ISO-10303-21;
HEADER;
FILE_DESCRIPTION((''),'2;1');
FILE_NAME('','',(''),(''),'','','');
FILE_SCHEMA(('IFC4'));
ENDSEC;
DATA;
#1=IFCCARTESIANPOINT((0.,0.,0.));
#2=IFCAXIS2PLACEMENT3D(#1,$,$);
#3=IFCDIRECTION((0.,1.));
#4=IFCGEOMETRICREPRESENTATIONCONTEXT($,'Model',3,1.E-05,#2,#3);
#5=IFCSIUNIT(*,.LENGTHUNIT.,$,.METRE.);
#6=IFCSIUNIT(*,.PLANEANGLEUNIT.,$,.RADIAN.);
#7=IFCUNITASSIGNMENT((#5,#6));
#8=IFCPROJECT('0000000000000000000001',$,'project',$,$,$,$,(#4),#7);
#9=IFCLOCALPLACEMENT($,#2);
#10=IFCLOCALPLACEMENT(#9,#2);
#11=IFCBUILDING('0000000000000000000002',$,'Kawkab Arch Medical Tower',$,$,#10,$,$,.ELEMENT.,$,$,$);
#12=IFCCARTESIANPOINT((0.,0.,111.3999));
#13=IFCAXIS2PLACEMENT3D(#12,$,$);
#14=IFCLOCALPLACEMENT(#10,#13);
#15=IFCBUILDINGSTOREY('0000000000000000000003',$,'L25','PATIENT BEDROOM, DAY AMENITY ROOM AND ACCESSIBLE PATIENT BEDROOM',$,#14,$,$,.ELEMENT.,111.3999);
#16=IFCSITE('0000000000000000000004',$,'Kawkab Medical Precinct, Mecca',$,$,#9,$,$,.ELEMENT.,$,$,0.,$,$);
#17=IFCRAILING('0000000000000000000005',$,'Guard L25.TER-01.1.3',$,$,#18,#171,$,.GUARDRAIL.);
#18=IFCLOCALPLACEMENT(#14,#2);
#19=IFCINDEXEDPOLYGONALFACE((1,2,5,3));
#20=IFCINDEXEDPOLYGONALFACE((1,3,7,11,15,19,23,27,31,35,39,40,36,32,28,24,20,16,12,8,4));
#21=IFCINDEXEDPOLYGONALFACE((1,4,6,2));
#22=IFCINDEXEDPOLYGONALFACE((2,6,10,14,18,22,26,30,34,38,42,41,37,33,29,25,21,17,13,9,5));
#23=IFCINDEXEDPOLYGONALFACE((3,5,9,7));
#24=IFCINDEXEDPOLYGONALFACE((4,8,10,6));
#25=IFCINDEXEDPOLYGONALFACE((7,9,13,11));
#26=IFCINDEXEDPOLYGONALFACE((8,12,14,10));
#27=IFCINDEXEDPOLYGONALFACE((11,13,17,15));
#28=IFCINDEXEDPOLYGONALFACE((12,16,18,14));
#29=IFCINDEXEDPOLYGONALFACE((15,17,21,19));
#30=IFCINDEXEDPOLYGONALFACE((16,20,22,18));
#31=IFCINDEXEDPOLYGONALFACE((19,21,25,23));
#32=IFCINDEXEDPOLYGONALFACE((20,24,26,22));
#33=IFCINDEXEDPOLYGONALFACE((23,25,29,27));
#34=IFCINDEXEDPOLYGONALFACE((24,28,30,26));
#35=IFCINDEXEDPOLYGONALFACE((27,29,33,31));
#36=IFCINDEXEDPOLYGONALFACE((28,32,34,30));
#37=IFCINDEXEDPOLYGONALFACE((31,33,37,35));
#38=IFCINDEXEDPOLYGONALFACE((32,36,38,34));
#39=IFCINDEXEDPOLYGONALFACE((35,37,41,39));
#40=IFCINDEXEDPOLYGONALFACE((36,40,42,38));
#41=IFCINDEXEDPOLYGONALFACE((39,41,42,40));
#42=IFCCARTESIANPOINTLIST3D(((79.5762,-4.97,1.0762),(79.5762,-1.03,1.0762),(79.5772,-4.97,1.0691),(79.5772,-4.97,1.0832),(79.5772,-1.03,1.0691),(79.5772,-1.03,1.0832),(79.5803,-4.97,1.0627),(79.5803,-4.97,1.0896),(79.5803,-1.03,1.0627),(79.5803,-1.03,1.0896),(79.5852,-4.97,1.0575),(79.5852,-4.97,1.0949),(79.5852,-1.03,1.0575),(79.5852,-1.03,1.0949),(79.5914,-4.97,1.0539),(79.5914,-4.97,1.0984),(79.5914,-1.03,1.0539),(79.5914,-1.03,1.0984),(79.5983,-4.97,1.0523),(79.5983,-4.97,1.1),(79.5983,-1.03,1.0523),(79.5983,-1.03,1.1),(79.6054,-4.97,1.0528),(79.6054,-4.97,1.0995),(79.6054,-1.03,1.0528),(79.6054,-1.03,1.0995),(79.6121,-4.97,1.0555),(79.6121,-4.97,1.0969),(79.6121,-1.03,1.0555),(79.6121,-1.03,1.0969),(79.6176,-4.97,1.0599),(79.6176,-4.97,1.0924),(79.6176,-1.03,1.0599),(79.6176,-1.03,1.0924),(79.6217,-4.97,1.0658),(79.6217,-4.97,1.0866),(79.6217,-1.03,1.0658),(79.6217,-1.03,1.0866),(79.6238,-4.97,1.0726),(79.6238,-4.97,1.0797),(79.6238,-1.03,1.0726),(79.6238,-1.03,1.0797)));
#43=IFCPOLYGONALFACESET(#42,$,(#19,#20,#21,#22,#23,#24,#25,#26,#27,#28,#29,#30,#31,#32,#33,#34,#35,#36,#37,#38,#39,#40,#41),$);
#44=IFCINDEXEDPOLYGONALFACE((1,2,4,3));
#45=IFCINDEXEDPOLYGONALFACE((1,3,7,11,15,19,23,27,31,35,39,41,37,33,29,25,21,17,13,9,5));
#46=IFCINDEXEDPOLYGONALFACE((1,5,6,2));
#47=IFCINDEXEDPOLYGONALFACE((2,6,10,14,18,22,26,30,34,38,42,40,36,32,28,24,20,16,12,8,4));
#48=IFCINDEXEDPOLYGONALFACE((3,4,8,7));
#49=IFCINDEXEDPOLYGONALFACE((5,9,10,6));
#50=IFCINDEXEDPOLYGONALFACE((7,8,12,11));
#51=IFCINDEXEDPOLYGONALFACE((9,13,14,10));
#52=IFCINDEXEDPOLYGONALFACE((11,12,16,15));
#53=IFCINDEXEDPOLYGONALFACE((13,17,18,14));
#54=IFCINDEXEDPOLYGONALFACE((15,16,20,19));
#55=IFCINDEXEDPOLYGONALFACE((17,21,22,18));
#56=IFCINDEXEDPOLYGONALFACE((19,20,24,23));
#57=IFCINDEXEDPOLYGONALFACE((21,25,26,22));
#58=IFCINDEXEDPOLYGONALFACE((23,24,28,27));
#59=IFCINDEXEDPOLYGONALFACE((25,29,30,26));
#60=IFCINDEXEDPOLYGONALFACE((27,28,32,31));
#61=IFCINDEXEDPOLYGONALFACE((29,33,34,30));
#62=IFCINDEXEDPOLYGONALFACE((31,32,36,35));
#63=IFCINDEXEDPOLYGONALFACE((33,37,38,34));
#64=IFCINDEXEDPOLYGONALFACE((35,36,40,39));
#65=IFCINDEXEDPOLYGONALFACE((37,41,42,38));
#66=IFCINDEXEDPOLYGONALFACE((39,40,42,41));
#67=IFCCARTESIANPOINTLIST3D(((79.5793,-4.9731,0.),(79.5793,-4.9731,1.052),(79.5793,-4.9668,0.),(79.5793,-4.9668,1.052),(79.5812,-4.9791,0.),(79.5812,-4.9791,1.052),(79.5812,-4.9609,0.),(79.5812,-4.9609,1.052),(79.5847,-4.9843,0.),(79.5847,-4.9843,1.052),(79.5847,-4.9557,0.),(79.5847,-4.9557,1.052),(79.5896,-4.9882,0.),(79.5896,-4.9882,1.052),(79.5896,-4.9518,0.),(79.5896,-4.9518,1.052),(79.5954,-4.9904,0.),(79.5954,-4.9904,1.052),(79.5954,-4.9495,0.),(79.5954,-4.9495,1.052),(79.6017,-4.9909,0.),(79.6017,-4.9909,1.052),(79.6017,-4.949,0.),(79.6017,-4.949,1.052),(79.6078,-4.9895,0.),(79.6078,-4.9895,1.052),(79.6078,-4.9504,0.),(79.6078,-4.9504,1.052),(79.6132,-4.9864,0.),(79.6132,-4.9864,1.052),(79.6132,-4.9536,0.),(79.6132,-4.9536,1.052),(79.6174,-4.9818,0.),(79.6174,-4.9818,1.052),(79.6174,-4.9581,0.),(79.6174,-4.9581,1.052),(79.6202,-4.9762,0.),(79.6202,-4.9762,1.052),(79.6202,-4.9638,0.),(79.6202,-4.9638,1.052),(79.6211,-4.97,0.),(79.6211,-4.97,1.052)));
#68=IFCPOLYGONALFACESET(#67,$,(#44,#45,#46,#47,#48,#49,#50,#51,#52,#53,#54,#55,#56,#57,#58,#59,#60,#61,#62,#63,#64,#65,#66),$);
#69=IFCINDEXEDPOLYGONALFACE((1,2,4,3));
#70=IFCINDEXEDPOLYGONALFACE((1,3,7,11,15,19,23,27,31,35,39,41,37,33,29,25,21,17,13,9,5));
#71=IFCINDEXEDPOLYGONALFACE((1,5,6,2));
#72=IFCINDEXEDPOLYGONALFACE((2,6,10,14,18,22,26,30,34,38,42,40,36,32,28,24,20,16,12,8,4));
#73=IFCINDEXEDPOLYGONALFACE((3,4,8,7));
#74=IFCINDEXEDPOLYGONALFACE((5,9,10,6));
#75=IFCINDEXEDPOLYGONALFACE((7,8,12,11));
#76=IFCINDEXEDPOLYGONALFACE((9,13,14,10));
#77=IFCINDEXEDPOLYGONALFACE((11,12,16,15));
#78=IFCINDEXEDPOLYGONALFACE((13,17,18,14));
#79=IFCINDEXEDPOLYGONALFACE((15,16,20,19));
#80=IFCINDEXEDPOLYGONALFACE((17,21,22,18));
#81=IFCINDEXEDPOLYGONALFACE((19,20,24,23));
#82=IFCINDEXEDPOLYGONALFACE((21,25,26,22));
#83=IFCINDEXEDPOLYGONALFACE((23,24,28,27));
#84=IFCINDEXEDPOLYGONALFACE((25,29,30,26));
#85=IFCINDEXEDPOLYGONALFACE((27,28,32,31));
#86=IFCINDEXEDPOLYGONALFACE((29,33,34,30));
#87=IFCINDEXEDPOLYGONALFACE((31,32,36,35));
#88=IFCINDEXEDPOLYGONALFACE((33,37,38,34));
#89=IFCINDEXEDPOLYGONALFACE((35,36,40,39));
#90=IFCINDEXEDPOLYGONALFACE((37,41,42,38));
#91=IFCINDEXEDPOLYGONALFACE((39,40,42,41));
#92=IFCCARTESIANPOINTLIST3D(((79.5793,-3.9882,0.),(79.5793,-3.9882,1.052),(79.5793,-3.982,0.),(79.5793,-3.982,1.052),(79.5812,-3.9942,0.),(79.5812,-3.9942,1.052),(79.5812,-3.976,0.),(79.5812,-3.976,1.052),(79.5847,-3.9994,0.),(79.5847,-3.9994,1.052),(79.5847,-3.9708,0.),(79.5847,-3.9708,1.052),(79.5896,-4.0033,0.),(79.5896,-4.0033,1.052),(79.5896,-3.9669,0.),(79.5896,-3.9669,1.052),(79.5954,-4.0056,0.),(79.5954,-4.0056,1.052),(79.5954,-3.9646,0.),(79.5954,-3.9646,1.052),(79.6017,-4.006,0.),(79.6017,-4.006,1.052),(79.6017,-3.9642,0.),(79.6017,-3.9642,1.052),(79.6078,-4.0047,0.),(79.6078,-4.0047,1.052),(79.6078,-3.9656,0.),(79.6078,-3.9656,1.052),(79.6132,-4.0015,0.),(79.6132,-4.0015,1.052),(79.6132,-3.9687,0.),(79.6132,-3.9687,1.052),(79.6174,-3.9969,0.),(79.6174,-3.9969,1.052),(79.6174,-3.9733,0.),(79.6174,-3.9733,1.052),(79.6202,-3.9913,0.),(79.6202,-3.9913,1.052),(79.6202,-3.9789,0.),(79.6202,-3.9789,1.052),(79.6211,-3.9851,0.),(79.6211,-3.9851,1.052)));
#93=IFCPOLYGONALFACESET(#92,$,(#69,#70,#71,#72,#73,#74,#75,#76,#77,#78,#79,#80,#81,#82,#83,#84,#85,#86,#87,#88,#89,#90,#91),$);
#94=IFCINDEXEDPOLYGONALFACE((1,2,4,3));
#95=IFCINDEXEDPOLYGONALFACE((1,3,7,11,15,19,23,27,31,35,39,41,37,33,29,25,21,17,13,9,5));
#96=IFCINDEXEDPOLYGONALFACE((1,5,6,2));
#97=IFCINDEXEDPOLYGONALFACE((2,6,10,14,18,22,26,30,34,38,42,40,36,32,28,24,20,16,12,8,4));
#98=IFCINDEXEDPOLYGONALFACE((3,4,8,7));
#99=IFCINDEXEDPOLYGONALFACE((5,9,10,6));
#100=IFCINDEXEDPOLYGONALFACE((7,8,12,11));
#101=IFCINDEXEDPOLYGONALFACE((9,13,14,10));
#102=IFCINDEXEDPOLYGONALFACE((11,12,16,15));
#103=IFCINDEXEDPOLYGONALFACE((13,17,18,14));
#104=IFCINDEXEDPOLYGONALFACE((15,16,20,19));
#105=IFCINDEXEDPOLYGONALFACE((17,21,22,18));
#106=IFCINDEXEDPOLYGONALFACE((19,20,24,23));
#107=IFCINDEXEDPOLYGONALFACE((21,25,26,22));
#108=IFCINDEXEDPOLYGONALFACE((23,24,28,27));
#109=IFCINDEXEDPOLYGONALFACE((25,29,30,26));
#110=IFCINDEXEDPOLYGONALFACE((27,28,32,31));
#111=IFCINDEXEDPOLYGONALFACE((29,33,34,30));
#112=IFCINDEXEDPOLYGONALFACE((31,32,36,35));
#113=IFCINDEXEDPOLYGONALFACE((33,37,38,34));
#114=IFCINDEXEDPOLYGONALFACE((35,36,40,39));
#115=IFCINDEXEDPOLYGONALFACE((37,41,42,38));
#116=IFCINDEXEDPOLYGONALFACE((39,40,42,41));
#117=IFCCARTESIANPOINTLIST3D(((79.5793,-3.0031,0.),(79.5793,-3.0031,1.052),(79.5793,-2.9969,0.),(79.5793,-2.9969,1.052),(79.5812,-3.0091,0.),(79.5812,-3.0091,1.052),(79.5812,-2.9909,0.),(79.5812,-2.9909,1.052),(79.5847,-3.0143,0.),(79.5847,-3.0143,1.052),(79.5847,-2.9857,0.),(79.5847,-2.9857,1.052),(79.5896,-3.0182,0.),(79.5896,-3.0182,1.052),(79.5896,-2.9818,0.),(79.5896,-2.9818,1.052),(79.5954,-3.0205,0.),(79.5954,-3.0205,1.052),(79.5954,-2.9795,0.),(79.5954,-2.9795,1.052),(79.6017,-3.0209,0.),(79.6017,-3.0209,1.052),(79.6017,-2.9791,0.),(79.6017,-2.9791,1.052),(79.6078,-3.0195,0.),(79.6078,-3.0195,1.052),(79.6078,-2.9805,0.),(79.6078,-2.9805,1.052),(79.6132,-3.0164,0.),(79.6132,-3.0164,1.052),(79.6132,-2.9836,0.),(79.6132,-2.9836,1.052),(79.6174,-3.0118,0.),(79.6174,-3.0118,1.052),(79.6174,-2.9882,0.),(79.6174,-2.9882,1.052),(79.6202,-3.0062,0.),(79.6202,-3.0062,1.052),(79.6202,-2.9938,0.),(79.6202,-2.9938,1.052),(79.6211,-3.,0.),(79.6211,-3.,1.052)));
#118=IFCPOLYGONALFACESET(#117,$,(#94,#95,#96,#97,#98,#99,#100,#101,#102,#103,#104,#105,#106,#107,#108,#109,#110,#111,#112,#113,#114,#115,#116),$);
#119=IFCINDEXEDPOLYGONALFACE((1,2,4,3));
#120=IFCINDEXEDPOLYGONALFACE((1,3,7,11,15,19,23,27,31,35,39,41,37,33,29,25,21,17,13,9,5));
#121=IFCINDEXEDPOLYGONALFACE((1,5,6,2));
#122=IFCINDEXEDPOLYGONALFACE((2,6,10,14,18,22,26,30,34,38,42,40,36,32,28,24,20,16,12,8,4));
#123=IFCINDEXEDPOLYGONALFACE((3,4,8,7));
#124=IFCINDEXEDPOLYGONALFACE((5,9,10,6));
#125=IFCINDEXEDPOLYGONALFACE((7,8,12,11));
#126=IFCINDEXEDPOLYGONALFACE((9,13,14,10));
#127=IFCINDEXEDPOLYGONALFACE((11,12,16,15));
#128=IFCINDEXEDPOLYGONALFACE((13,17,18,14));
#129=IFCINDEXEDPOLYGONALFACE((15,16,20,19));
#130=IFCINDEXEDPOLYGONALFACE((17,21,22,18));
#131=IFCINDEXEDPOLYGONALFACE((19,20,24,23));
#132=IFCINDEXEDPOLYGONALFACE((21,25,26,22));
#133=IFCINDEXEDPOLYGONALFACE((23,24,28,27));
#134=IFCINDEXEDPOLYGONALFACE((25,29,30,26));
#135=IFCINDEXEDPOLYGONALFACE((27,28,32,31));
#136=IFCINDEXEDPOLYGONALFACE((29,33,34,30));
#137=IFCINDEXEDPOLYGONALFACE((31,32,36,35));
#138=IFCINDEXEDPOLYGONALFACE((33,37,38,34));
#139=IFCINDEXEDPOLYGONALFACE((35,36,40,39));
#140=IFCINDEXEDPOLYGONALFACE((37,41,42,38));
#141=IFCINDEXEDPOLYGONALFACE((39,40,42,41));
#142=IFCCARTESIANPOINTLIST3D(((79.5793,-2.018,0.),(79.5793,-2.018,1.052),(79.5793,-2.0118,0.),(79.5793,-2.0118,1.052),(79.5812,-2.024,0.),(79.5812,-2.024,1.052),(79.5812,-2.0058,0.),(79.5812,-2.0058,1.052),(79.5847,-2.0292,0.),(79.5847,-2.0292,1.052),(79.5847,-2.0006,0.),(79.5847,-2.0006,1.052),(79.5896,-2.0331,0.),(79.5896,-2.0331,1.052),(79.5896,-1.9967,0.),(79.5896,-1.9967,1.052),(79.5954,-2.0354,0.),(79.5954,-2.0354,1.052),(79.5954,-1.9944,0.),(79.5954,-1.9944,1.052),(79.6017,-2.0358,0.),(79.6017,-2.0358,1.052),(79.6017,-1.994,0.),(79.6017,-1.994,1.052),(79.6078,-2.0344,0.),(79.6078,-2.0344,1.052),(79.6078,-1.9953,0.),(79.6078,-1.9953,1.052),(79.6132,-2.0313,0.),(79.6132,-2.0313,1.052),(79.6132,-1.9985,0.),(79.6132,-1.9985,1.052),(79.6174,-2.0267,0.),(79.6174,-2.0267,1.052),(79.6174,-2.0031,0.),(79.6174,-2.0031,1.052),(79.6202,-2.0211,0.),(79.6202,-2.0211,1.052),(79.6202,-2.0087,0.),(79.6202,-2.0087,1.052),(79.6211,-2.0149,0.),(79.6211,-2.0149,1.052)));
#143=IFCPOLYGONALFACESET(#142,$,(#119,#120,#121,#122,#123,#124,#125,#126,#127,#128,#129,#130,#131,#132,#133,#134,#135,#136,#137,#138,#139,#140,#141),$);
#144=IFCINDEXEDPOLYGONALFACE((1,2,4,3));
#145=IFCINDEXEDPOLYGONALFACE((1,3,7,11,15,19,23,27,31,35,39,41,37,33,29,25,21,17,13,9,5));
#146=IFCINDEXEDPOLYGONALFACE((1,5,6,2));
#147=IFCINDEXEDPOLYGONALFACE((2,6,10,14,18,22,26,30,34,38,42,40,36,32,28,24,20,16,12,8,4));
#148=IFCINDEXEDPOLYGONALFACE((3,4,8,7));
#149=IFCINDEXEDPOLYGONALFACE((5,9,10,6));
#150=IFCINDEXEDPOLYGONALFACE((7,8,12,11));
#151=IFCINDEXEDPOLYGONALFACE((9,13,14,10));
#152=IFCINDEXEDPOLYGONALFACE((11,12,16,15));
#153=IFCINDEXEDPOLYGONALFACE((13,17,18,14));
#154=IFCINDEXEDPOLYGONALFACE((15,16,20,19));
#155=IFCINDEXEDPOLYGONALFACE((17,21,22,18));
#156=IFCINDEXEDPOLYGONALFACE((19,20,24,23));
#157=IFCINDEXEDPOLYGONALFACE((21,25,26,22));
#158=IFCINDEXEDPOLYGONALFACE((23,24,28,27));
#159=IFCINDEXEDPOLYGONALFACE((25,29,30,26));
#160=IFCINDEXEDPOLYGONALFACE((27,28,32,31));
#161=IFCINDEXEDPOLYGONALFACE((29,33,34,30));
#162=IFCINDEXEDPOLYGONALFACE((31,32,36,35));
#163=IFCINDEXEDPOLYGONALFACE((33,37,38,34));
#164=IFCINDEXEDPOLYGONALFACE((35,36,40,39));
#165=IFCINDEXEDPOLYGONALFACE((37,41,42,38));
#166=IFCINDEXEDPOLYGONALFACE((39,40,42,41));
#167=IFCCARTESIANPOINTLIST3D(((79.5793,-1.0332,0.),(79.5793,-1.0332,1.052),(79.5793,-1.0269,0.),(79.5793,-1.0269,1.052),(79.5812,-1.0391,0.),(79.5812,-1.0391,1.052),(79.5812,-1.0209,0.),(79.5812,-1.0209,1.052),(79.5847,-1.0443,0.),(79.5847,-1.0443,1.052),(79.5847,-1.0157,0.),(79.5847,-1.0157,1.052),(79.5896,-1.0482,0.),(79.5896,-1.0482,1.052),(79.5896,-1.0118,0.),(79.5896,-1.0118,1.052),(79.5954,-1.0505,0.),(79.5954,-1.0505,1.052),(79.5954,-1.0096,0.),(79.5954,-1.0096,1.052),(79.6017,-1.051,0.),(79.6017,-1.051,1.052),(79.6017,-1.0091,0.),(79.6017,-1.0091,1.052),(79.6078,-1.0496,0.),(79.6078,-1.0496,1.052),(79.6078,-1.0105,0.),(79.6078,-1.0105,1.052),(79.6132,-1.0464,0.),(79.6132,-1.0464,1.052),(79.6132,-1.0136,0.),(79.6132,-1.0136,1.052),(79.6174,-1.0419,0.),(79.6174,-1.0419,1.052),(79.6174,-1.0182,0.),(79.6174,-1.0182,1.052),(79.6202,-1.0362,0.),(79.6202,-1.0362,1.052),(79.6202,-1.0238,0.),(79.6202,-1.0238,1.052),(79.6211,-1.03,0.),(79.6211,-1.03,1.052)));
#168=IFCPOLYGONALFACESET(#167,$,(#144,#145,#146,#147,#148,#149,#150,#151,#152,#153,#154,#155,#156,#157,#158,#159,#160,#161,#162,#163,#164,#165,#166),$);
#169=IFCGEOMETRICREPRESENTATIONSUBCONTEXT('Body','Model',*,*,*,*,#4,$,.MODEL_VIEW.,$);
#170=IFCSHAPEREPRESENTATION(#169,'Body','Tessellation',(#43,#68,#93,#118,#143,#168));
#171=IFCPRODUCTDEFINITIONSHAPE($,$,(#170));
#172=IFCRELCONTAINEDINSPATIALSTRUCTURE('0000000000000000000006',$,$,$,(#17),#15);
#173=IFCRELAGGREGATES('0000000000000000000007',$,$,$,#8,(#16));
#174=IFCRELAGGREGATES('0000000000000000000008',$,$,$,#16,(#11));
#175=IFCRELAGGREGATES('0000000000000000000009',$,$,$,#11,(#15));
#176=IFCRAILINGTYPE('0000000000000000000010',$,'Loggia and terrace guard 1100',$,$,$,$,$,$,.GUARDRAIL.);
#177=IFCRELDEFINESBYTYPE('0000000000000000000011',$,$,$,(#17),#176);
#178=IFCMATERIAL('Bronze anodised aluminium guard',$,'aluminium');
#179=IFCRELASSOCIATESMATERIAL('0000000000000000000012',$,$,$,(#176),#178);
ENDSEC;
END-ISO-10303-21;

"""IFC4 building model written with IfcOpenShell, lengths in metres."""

from ifc_helpers import new_model, si_unit, direction, frame, origin, origin_2d, place, context, subcontext, project, spatial, circle, extrude, material, type_object, element, save


model = new_model("IFC4")

# Units and contexts
model_context = context("Model", 3, precision=1e-05, world=origin(), true_north=direction((0.0, 1.0)))
body_context = subcontext(model_context, "Body", "Model", "MODEL_VIEW")
ifc_project = project(units=[si_unit("LENGTHUNIT", "METRE"), si_unit("PLANEANGLEUNIT", "RADIAN")], contexts=[model_context])

# Site, building, storey
site_placement = place(None, origin())
site = spatial("IfcSite", under=ifc_project, at=site_placement, Name="Kawkab Medical Precinct, Mecca", CompositionType="ELEMENT", RefElevation=0.0)
building_placement = place(site_placement, origin())
building = spatial("IfcBuilding", under=site, at=building_placement, Name="Kawkab Arch Medical Tower", CompositionType="ELEMENT")
storey_placement = place(building_placement, frame((0.0, 0.0, 111.3999)))
storey = spatial("IfcBuildingStorey", under=building, at=storey_placement, Name="L25", Description="PATIENT BEDROOM, DAY AMENITY ROOM AND ACCESSIBLE PATIENT BEDROOM", CompositionType="ELEMENT", Elevation=111.3999)

# Railing
ifc_material_1 = material(Name="Bronze anodised aluminium guard", Category="aluminium")
railing_type_1 = type_object("IfcRailingType", Name="Loggia and terrace guard 1100", PredefinedType="GUARDRAIL", material=ifc_material_1)
railing_1_placement = place(storey_placement, frame((79.6001, -4.97, 0.0)))
element("IfcRailing", 1, at=railing_1_placement, inside=storey, type_object=railing_type_1, Name="Guard L25.TER-01.1.3", PredefinedType="GUARDRAIL", context=body_context, shape_type="SweptSolid", body=[
    extrude(circle(Radius=0.0239, at=origin_2d()), frame((0.0, 0.0, 1.0762), z_axis=(0.0, 1.0, 0.0), x_axis=(-1.0, 0.0, 0.0)), (0.0, 0.0, 1.0), 3.9399),
    extrude(circle(Radius=0.021, at=origin_2d()), origin(), (0.0, 0.0, 1.0), 1.052),
    extrude(circle(Radius=0.021, at=origin_2d()), frame((0.0, 0.9849, 0.0)), (0.0, 0.0, 1.0), 1.052),
    extrude(circle(Radius=0.021, at=origin_2d()), frame((0.0, 1.97, 0.0)), (0.0, 0.0, 1.0), 1.052),
    extrude(circle(Radius=0.021, at=origin_2d()), frame((0.0, 2.9551, 0.0)), (0.0, 0.0, 1.0), 1.052),
    extrude(circle(Radius=0.021, at=origin_2d()), frame((0.0, 3.9399, 0.0)), (0.0, 0.0, 1.0), 1.052),
])

save(model, "model.ifc")
